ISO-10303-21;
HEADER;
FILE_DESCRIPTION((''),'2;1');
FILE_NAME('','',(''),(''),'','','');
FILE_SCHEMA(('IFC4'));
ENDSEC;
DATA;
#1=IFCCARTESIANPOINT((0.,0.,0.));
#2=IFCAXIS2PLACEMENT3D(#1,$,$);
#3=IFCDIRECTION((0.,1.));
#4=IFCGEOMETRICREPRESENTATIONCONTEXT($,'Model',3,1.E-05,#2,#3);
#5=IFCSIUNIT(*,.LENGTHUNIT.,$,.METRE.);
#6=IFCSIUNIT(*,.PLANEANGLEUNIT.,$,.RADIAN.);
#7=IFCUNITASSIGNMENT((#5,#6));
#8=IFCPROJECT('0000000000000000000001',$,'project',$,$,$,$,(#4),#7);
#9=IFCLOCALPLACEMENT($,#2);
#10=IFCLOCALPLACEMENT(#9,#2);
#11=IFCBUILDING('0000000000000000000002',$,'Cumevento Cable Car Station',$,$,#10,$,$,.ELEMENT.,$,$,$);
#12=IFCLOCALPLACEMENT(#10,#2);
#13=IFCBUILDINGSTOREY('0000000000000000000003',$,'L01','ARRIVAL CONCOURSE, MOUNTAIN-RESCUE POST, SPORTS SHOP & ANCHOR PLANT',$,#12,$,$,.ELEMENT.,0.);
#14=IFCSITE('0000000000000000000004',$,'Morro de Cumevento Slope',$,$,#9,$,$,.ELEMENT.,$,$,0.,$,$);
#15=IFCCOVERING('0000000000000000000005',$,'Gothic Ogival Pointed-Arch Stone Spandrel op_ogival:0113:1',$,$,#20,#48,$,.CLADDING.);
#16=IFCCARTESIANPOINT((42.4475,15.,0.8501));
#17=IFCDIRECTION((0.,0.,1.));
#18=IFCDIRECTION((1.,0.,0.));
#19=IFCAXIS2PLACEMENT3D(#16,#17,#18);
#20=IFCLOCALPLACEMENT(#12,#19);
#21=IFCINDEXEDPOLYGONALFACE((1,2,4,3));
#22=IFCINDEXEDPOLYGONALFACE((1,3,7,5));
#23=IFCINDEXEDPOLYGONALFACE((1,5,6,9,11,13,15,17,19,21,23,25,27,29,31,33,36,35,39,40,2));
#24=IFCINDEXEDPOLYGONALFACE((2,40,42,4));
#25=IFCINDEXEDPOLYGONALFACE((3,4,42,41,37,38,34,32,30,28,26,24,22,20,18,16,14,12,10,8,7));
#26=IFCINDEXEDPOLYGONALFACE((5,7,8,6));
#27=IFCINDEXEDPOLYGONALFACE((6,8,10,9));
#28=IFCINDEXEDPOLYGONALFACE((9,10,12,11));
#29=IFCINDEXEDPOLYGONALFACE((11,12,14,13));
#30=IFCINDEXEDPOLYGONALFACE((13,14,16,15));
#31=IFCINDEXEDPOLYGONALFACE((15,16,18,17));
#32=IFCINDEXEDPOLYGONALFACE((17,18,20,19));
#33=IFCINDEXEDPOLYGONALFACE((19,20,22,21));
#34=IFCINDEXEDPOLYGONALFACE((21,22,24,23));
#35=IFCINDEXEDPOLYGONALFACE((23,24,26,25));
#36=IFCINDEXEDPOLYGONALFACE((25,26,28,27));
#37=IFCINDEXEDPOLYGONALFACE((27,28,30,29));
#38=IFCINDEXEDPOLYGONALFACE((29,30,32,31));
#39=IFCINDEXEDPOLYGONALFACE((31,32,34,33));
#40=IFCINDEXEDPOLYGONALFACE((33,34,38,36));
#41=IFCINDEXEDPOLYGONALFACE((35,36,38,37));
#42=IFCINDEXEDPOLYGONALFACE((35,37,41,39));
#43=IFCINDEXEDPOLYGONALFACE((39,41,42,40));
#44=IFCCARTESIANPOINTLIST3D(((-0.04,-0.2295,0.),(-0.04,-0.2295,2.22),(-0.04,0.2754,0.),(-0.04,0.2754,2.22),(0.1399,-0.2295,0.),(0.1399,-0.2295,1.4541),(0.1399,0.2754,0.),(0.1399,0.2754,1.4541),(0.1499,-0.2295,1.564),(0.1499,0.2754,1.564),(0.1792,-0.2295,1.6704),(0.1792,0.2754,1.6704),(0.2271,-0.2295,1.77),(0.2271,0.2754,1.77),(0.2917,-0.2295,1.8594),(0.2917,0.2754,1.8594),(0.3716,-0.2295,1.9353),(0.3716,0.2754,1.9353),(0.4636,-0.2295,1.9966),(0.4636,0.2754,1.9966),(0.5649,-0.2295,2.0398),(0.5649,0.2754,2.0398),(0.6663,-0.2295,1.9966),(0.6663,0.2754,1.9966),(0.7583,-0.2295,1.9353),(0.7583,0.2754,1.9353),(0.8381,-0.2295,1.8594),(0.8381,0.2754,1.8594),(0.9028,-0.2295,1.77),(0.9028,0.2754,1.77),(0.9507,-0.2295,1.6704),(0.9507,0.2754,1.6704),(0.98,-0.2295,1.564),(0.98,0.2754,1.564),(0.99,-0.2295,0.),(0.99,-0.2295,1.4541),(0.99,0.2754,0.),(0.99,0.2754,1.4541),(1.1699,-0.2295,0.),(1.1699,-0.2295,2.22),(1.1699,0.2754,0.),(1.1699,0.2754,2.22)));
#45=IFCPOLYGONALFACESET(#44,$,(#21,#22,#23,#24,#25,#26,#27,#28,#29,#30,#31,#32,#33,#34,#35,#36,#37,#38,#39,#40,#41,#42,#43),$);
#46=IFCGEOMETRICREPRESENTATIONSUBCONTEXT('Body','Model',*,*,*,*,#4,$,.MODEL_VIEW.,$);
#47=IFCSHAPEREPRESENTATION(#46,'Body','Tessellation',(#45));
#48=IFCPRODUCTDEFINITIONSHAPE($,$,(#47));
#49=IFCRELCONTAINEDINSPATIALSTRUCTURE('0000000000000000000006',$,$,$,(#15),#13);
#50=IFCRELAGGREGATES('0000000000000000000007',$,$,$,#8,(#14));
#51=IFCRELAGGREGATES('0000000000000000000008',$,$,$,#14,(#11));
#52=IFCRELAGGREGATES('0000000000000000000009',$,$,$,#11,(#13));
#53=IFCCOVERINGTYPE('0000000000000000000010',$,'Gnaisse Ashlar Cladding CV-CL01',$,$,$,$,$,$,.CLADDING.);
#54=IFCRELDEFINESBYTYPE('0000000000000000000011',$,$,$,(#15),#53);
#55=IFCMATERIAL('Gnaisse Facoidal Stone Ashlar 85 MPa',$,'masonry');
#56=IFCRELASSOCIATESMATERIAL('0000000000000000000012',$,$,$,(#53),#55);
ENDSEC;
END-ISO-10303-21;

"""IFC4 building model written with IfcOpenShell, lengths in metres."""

from ifc_helpers import new_model, si_unit, direction, frame, origin, place, context, subcontext, project, spatial, polyline, outline, extrude, material, type_object, element, save


model = new_model("IFC4")

# Units and contexts
model_context = context("Model", 3, precision=1e-05, world=origin(), true_north=direction((0.0, 1.0)))
body_context = subcontext(model_context, "Body", "Model", "MODEL_VIEW")
ifc_project = project(units=[si_unit("LENGTHUNIT", "METRE"), si_unit("PLANEANGLEUNIT", "RADIAN")], contexts=[model_context])

# Site, building, storey
site_placement = place(None, origin())
site = spatial("IfcSite", under=ifc_project, at=site_placement, Name="Morro de Cumevento Slope", CompositionType="ELEMENT", RefElevation=0.0)
building_placement = place(site_placement, origin())
building = spatial("IfcBuilding", under=site, at=building_placement, Name="Cumevento Cable Car Station", CompositionType="ELEMENT")
storey_placement = place(building_placement, origin())
storey = spatial("IfcBuildingStorey", under=building, at=storey_placement, Name="L01", Description="ARRIVAL CONCOURSE, MOUNTAIN-RESCUE POST, SPORTS SHOP & ANCHOR PLANT", CompositionType="ELEMENT", Elevation=0.0)

# Covering
ifc_material_1 = material(Name="Gnaisse Facoidal Stone Ashlar 85 MPa", Category="masonry")
covering_type = type_object("IfcCoveringType", Name="Gnaisse Ashlar Cladding CV-CL01", PredefinedType="CLADDING", material=ifc_material_1)
covering_1_placement = place(storey_placement, frame((42.4475, 15.0, 0.8501), z_axis=(0.0, 0.0, 1.0), x_axis=(1.0, 0.0, 0.0)))
element("IfcCovering", 1, at=covering_1_placement, inside=storey, type_object=covering_type, Name="Gothic Ogival Pointed-Arch Stone Spandrel op_ogival:0113:1", PredefinedType="CLADDING", context=body_context, shape_type="SweptSolid", body=[
    extrude(outline(polyline([(-0.04, 0.0), (-0.04, 2.22), (1.1699, 2.22), (1.1699, 0.0), (0.99, 0.0), (0.99, 1.4541), (0.98, 1.564), (0.9507, 1.6704), (0.9028, 1.77), (0.8381, 1.8594), (0.7583, 1.9353), (0.6663, 1.9966), (0.5649, 2.0398), (0.4636, 1.9966), (0.3716, 1.9353), (0.2917, 1.8594), (0.2271, 1.77), (0.1792, 1.6704), (0.1499, 1.564), (0.1399, 1.4541), (0.1399, 0.0), (-0.04, 0.0)])), frame((0.0, 0.2754, 0.0), z_axis=(0.0, -1.0, 0.0), x_axis=(1.0, 0.0, 0.0)), (0.0, 0.0, 1.0), 0.5049),
])

save(model, "model.ifc")
